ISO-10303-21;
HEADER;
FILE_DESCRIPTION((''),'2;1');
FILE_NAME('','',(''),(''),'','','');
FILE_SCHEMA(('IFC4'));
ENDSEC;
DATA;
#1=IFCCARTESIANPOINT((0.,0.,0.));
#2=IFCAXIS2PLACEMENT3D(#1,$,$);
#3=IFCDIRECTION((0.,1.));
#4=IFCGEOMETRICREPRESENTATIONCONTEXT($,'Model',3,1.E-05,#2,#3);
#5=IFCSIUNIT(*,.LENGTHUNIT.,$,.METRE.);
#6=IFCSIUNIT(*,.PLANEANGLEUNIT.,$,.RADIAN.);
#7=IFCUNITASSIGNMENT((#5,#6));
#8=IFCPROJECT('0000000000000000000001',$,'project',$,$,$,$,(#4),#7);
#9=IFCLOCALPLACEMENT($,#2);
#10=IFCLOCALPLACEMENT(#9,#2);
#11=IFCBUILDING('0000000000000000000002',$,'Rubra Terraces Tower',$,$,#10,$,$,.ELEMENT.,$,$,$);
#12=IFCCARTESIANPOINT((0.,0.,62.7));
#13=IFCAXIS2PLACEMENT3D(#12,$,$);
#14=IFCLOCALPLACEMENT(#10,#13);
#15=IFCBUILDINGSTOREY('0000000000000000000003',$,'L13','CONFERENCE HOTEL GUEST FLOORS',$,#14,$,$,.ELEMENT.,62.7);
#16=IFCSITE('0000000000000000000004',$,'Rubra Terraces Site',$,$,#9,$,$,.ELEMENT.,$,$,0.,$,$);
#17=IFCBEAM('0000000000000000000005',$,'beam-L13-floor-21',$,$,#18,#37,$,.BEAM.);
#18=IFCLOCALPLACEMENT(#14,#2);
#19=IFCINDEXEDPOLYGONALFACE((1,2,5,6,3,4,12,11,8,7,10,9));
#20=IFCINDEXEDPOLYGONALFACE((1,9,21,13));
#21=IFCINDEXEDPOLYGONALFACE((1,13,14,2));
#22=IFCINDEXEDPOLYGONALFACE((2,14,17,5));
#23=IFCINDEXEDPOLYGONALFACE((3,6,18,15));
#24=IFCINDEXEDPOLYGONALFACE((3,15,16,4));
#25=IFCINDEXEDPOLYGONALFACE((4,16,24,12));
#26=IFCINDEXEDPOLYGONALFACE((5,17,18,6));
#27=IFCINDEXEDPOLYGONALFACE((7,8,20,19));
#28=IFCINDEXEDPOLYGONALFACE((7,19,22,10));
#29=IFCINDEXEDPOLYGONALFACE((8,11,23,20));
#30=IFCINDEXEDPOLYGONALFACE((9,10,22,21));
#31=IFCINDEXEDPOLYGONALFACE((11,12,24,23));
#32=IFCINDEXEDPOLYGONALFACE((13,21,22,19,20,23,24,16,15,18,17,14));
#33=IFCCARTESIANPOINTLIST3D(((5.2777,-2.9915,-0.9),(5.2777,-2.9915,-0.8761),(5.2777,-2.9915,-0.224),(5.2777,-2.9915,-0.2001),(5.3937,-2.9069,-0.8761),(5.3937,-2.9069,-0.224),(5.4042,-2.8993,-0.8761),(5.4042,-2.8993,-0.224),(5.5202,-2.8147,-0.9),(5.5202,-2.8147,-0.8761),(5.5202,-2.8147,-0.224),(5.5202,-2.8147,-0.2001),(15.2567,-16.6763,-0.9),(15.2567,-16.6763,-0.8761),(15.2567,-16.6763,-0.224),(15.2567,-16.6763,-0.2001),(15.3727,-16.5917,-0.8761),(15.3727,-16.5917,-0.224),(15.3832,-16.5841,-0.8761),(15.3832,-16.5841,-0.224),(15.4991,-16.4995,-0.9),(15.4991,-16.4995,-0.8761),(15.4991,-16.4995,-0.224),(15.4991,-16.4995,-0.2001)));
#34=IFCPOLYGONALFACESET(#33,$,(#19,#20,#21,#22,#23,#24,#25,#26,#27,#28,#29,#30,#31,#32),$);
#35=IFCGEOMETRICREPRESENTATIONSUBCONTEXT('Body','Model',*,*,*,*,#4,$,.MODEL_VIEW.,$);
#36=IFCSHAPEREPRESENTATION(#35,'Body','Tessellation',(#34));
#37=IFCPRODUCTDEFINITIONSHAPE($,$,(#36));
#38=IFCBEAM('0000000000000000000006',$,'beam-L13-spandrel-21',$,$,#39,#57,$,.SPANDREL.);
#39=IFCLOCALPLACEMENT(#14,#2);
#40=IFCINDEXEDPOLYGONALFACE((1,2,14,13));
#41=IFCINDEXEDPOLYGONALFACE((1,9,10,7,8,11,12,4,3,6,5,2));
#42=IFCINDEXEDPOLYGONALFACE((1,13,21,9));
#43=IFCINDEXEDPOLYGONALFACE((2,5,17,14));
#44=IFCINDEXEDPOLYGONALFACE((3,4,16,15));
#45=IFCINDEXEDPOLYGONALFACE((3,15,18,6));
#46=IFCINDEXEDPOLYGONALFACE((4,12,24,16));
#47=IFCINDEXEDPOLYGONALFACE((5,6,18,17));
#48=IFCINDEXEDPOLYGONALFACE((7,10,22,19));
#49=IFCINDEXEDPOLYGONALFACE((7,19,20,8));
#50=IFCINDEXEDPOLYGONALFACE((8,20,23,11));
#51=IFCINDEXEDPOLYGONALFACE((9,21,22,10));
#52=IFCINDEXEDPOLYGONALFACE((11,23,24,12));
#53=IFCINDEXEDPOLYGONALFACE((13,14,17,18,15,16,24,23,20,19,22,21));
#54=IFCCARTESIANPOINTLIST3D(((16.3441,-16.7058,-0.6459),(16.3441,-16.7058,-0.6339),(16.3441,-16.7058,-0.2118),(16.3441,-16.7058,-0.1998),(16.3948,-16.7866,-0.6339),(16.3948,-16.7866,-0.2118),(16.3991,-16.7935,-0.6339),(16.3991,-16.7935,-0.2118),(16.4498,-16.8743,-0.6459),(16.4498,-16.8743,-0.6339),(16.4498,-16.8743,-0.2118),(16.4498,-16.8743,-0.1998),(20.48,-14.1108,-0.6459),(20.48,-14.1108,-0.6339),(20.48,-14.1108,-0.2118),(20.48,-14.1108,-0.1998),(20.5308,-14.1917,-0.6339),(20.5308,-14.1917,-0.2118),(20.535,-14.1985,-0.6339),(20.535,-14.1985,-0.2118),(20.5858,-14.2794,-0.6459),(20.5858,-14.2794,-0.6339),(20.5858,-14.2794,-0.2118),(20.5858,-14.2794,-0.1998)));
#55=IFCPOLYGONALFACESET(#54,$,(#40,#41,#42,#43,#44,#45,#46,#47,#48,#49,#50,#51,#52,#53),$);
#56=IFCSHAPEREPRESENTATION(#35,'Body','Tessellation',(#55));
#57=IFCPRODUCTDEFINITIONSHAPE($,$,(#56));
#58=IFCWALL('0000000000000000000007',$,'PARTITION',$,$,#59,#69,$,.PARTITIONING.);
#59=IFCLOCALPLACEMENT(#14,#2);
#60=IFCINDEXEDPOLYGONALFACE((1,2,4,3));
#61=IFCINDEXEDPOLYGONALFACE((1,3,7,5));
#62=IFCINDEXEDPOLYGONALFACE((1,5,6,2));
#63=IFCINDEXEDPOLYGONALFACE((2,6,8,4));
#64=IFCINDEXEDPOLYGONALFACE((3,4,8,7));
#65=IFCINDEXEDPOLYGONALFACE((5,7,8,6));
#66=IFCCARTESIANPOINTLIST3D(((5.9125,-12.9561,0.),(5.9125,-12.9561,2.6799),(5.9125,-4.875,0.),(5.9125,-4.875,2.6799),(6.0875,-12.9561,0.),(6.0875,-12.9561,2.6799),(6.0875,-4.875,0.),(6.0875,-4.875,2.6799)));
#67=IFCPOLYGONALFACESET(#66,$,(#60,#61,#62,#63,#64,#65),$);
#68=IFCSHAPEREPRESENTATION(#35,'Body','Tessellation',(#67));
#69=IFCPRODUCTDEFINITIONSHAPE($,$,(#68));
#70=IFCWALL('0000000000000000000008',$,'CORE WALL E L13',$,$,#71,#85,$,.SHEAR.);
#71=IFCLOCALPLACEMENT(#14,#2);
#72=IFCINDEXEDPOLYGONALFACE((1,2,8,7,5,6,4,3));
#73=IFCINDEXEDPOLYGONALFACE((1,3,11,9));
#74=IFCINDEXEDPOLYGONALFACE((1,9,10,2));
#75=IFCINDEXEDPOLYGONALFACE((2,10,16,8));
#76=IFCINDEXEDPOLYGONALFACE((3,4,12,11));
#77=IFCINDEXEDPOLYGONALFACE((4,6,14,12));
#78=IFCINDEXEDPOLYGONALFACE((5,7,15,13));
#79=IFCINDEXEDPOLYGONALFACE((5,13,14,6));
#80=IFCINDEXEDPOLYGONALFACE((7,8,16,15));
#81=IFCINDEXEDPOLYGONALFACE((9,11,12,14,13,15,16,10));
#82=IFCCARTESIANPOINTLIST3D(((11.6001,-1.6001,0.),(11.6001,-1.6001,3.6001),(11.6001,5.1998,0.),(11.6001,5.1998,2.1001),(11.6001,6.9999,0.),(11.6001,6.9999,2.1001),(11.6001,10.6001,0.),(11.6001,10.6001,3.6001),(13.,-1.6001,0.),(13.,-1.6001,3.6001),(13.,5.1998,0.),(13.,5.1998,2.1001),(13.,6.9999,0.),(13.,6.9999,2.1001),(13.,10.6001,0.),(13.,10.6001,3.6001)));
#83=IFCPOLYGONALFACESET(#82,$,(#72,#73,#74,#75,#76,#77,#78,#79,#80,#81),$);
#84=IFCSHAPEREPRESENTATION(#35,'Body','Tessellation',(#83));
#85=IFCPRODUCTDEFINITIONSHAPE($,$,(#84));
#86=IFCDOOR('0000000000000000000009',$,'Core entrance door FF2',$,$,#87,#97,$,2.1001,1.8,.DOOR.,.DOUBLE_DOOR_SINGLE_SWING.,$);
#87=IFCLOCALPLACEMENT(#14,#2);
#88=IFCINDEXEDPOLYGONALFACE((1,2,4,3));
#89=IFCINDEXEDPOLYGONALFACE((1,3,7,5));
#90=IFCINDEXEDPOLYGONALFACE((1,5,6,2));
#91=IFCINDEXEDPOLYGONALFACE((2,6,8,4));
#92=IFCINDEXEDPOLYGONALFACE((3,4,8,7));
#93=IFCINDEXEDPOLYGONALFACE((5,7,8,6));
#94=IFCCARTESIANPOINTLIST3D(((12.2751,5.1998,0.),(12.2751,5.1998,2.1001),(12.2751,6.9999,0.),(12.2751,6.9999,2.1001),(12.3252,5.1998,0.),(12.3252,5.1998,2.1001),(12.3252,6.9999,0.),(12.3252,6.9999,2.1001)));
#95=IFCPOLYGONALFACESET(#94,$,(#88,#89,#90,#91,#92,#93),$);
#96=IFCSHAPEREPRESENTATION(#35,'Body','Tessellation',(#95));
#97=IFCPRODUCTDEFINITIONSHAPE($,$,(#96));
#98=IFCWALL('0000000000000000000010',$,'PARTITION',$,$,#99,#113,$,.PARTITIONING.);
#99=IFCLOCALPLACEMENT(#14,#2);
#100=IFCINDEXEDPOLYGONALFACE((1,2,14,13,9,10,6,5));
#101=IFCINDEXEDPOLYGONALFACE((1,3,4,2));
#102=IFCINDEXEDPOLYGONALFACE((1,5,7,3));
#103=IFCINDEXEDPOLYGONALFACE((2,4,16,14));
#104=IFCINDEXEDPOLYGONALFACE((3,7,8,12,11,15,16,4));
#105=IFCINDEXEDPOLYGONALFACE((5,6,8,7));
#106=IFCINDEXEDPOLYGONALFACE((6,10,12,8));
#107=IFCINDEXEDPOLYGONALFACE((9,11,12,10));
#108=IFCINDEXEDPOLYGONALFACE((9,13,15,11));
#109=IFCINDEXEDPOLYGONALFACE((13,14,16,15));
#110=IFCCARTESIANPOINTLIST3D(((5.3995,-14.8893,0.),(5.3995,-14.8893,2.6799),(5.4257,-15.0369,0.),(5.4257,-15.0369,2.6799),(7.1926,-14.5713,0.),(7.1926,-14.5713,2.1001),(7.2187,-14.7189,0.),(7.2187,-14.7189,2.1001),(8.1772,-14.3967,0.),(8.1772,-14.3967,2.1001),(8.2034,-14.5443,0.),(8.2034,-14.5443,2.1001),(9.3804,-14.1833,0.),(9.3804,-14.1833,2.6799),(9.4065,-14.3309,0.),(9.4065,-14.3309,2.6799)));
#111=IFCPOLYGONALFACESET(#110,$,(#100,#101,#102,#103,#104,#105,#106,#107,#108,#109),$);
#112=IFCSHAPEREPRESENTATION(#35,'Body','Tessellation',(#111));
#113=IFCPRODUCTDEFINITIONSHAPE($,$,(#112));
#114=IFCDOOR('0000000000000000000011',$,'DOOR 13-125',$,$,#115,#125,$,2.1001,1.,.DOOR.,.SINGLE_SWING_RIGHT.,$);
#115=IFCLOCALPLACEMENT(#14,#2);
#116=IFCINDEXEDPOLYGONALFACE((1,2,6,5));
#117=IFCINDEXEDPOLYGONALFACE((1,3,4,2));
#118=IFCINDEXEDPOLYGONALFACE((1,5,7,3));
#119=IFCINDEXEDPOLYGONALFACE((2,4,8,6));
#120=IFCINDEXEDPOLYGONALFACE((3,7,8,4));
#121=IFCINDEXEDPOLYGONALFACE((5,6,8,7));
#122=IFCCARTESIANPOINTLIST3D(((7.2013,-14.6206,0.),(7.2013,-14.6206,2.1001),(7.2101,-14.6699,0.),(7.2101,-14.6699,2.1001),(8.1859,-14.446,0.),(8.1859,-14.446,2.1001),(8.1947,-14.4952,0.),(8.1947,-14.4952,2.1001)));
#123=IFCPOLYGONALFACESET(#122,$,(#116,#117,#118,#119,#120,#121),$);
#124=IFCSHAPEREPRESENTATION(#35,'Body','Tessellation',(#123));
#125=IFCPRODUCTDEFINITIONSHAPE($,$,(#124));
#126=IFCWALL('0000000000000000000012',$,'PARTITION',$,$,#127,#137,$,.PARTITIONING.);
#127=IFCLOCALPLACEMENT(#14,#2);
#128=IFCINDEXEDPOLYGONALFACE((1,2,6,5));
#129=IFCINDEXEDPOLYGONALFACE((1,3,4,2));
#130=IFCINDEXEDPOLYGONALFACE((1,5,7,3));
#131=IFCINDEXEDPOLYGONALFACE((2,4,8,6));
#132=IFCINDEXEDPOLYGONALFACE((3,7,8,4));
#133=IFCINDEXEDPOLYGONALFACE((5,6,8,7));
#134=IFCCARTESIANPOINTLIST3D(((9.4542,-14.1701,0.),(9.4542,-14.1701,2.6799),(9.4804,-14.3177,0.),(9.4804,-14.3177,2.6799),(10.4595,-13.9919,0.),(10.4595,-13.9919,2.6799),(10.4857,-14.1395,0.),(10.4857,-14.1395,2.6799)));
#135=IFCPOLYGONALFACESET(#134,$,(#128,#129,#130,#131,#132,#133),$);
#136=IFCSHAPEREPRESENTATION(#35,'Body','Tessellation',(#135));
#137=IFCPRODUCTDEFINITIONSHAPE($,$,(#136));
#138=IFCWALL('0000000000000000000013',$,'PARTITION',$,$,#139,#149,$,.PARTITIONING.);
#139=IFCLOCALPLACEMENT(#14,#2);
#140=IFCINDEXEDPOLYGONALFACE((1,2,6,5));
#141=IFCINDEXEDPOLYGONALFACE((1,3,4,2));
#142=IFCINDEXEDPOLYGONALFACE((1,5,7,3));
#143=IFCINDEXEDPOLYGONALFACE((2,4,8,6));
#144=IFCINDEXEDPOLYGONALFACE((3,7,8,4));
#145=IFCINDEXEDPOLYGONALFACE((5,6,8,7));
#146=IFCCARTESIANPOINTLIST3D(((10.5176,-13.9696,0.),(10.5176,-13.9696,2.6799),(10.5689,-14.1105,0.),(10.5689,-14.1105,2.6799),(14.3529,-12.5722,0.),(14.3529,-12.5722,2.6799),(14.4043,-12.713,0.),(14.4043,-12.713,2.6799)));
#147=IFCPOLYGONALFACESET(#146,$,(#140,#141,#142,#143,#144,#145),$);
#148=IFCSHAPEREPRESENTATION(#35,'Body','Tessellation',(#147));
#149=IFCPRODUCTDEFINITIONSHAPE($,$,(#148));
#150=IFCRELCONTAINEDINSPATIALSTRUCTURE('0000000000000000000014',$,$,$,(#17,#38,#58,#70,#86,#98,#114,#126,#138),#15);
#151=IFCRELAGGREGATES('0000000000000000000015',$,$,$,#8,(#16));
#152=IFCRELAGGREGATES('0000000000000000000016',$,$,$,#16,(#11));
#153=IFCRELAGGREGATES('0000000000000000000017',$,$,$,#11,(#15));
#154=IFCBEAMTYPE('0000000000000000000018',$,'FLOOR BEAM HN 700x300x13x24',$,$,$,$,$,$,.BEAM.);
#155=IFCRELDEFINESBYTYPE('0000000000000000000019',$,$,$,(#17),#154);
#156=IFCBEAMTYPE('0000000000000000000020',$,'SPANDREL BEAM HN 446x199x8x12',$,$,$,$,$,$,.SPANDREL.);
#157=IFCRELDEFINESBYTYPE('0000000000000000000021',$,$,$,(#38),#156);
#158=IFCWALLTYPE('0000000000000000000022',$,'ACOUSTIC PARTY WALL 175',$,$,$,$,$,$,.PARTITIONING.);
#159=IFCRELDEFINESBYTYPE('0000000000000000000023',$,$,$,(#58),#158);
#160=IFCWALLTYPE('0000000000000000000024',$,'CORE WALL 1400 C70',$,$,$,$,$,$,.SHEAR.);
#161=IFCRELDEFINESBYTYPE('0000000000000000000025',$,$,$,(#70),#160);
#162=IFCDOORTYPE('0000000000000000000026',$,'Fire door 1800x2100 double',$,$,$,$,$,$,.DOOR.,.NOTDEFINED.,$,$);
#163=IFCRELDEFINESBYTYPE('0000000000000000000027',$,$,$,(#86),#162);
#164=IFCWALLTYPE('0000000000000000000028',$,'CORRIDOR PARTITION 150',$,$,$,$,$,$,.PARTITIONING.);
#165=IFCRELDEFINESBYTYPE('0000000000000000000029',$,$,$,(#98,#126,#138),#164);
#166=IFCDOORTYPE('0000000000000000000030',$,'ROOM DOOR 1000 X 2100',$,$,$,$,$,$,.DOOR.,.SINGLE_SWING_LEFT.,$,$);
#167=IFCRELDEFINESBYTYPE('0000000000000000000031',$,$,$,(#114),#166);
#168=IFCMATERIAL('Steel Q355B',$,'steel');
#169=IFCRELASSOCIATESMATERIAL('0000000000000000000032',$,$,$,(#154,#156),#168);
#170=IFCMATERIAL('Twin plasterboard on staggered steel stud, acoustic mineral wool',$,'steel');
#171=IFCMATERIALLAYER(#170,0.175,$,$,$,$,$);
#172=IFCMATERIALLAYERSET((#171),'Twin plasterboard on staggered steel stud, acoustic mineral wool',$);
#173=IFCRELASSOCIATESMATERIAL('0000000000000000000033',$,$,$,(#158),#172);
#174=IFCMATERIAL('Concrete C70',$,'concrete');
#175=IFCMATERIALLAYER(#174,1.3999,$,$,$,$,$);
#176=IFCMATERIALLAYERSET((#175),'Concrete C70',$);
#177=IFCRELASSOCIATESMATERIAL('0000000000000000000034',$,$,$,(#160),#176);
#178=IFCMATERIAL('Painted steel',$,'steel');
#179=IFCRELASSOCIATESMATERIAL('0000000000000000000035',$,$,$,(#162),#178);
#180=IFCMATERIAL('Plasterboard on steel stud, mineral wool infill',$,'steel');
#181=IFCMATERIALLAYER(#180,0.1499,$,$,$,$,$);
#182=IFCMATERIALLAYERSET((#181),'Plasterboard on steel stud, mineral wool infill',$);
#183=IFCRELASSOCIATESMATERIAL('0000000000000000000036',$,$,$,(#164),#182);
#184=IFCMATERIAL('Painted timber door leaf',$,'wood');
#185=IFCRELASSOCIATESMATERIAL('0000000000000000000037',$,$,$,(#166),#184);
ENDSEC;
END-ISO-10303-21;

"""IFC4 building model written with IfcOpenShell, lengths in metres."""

from ifc_helpers import new_model, si_unit, direction, frame, frame_2d, origin, origin_2d, place, context, subcontext, project, spatial, rectangle, i_section, extrude, material, layer, layer_set, material_profile, profile_set, type_object, element, fill, save


model = new_model("IFC4")

# Units and contexts
model_context = context("Model", 3, precision=1e-05, world=origin(), true_north=direction((0.0, 1.0)))
body_context = subcontext(model_context, "Body", "Model", "MODEL_VIEW")
ifc_project = project(units=[si_unit("LENGTHUNIT", "METRE"), si_unit("PLANEANGLEUNIT", "RADIAN")], contexts=[model_context])

# Site, building, storey
site_placement = place(None, origin())
site = spatial("IfcSite", under=ifc_project, at=site_placement, Name="Rubra Terraces Site", CompositionType="ELEMENT", RefElevation=0.0)
building_placement = place(site_placement, origin())
building = spatial("IfcBuilding", under=site, at=building_placement, Name="Rubra Terraces Tower", CompositionType="ELEMENT")
storey_placement = place(building_placement, frame((0.0, 0.0, 62.7)))
storey = spatial("IfcBuildingStorey", under=building, at=storey_placement, Name="L13", Description="CONFERENCE HOTEL GUEST FLOORS", CompositionType="ELEMENT", Elevation=62.7)

# Beams
ifc_material_1 = material(Name="Steel Q355B", Category="steel")
ifc_material_profile_1 = material_profile(ifc_material_1, i_section(OverallWidth=0.3, OverallDepth=0.7, WebThickness=0.0129, FlangeThickness=0.0239, at=origin_2d()), Name="HN 700x300x13x24")
ifc_profile_set_1 = profile_set([ifc_material_profile_1], Name="Steel Q355B")
beam_type_1 = type_object("IfcBeamType", Name="FLOOR BEAM HN 700x300x13x24", PredefinedType="BEAM", material=ifc_profile_set_1)
beam_1_placement = place(storey_placement, frame((15.3779, -16.5879, -0.55), z_axis=(-0.589191, 0.807994, 0.0), x_axis=(-0.807994, -0.589191, 0.0)))
element("IfcBeam", 1, at=beam_1_placement, inside=storey, type_object=beam_type_1, Name="beam-L13-floor-21", PredefinedType="BEAM", context=body_context, shape_type="SweptSolid", body=[
    extrude(i_section(OverallWidth=0.3, OverallDepth=0.7, WebThickness=0.0129, FlangeThickness=0.0239, at=origin_2d()), origin(), (0.0, 0.0, 1.0), 16.9368),
])
ifc_material_profile_2 = material_profile(ifc_material_1, i_section(OverallWidth=0.199, OverallDepth=0.446, WebThickness=0.0081, FlangeThickness=0.012, at=origin_2d()), Name="HN 446x199x8x12")
ifc_profile_set_2 = profile_set([ifc_material_profile_2], Name="Steel Q355B")
beam_type_2 = type_object("IfcBeamType", Name="SPANDREL BEAM HN 446x199x8x12", PredefinedType="SPANDREL", material=ifc_profile_set_2)
beam_2_placement = place(storey_placement, frame((16.397, -16.79, -0.4229), z_axis=(0.847078, 0.531468, 0.0), x_axis=(-0.531468, 0.847078, 0.0)))
element("IfcBeam", 2, at=beam_2_placement, inside=storey, type_object=beam_type_2, Name="beam-L13-spandrel-21", PredefinedType="SPANDREL", context=body_context, shape_type="SweptSolid", body=[
    extrude(i_section(OverallWidth=0.199, OverallDepth=0.446, WebThickness=0.0081, FlangeThickness=0.012, at=origin_2d()), origin(), (0.0, 0.0, 1.0), 4.8826),
])

# Wall
ifc_material_2 = material(Name="Twin plasterboard on staggered steel stud, acoustic mineral wool", Category="steel")
ifc_layer_1 = layer(ifc_material_2, 0.175)
ifc_layer_set_1 = layer_set([ifc_layer_1], Name="Twin plasterboard on staggered steel stud, acoustic mineral wool")
wall_type_1 = type_object("IfcWallType", Name="ACOUSTIC PARTY WALL 175", PredefinedType="PARTITIONING", material=ifc_layer_set_1)
wall_1_placement = place(storey_placement, frame((6.0, -12.9561, 0.0), z_axis=(0.0, 0.0, 1.0), x_axis=(0.0, 1.0, 0.0)))
element("IfcWall", 3, at=wall_1_placement, inside=storey, type_object=wall_type_1, Name="PARTITION", PredefinedType="PARTITIONING", context=body_context, shape_type="SweptSolid", body=[
    extrude(rectangle(XDim=8.0811, YDim=0.175, at=frame_2d((4.0405, 0.0))), origin(), (0.0, 0.0, 1.0), 2.6799),
])

# Walls, openings, doors
ifc_material_3 = material(Name="Concrete C70", Category="concrete")
ifc_layer_2 = layer(ifc_material_3, 1.3999)
ifc_layer_set_2 = layer_set([ifc_layer_2], Name="Concrete C70")
wall_type_2 = type_object("IfcWallType", Name="CORE WALL 1400 C70", PredefinedType="SHEAR", material=ifc_layer_set_2)
wall_2_placement = place(storey_placement, frame((12.3, -1.6001, 0.0), z_axis=(0.0, 0.0, 1.0), x_axis=(0.0, 1.0, 0.0)))
wall_2 = element("IfcWall", 4, at=wall_2_placement, inside=storey, type_object=wall_type_2, Name="CORE WALL E L13", PredefinedType="SHEAR", context=body_context, shape_type="SweptSolid", body=[
    extrude(rectangle(XDim=12.2002, YDim=1.3999, at=frame_2d((6.1001, 0.0))), origin(), (0.0, 0.0, 1.0), 3.6001),
])
opening_1_placement = place(wall_2_placement, frame((6.8, 0.0, 0.0)))
opening_1 = element("IfcOpeningElement", 5, at=opening_1_placement, cuts=wall_2, PredefinedType="OPENING", context=body_context, shape_type="SweptSolid", body=[
    extrude(rectangle(XDim=1.8, YDim=2.1001, at=frame_2d((0.8999, 1.05))), frame((0.0, 0.71, 0.0), z_axis=(0.0, -1.0, 0.0), x_axis=(1.0, 0.0, 0.0)), (0.0, 0.0, 1.0), 1.4199),
])
ifc_material_4 = material(Name="Painted steel", Category="steel")
door_type_1 = type_object("IfcDoorType", Name="Fire door 1800x2100 double", OperationType="NOTDEFINED", PredefinedType="DOOR", material=ifc_material_4)
door_1_placement = place(opening_1_placement, origin())
door_1 = element("IfcDoor", 6, at=door_1_placement, inside=storey, type_object=door_type_1, Name="Core entrance door FF2", OperationType="DOUBLE_DOOR_SINGLE_SWING", OverallHeight=2.1001, OverallWidth=1.8, PredefinedType="DOOR", context=body_context, shape_type="SweptSolid", body=[
    extrude(rectangle(XDim=1.8, YDim=2.1001, at=frame_2d((0.8999, 1.05))), frame((0.0, 0.0249, 0.0), z_axis=(0.0, -1.0, 0.0), x_axis=(1.0, 0.0, 0.0)), (0.0, 0.0, 1.0), 0.05),
])
fill(opening_1, door_1)
ifc_material_5 = material(Name="Plasterboard on steel stud, mineral wool infill", Category="steel")
ifc_layer_3 = layer(ifc_material_5, 0.1499)
ifc_layer_set_3 = layer_set([ifc_layer_3], Name="Plasterboard on steel stud, mineral wool infill")
wall_type_3 = type_object("IfcWallType", Name="CORRIDOR PARTITION 150", PredefinedType="PARTITIONING", material=ifc_layer_set_3)
wall_3_placement = place(storey_placement, frame((5.4126, -14.9631, 0.0), z_axis=(0.0, 0.0, 1.0), x_axis=(0.984634, 0.174633, 0.0)))
wall_3 = element("IfcWall", 7, at=wall_3_placement, inside=storey, type_object=wall_type_3, Name="PARTITION", PredefinedType="PARTITIONING", context=body_context, shape_type="SweptSolid", body=[
    extrude(rectangle(XDim=4.043, YDim=0.1499, at=frame_2d((2.0215, 0.0))), origin(), (0.0, 0.0, 1.0), 2.6799),
])
opening_2_placement = place(wall_3_placement, frame((1.821, 0.0, 0.0)))
opening_2 = element("IfcOpeningElement", 8, at=opening_2_placement, cuts=wall_3, PredefinedType="OPENING", context=body_context, shape_type="SweptSolid", body=[
    extrude(rectangle(XDim=1.0, YDim=2.1001, at=frame_2d((0.5, 1.05))), frame((0.0, 0.085, 0.0), z_axis=(0.0, -1.0, 0.0), x_axis=(1.0, 0.0, 0.0)), (0.0, 0.0, 1.0), 0.1699),
])
ifc_material_6 = material(Name="Painted timber door leaf", Category="wood")
door_type_2 = type_object("IfcDoorType", Name="ROOM DOOR 1000 X 2100", OperationType="SINGLE_SWING_LEFT", PredefinedType="DOOR", material=ifc_material_6)
door_2_placement = place(opening_2_placement, origin())
door_2 = element("IfcDoor", 9, at=door_2_placement, inside=storey, type_object=door_type_2, Name="DOOR 13-125", OperationType="SINGLE_SWING_RIGHT", OverallHeight=2.1001, OverallWidth=1.0, PredefinedType="DOOR", context=body_context, shape_type="SweptSolid", body=[
    extrude(rectangle(XDim=1.0, YDim=2.1001, at=frame_2d((0.5, 1.05))), frame((0.0, 0.0249, 0.0), z_axis=(0.0, -1.0, 0.0), x_axis=(1.0, 0.0, 0.0)), (0.0, 0.0, 1.0), 0.05),
])
fill(opening_2, door_2)

# Walls
wall_4_placement = place(storey_placement, frame((9.4673, -14.2439, 0.0), z_axis=(0.0, 0.0, 1.0), x_axis=(0.984648, 0.174549, 0.0)))
element("IfcWall", 10, at=wall_4_placement, inside=storey, type_object=wall_type_3, Name="PARTITION", PredefinedType="PARTITIONING", context=body_context, shape_type="SweptSolid", body=[
    extrude(rectangle(XDim=1.021, YDim=0.1499, at=frame_2d((0.5105, 0.0))), origin(), (0.0, 0.0, 1.0), 2.6799),
])
wall_5_placement = place(storey_placement, frame((10.5432, -14.04, 0.0), z_axis=(0.0, 0.0, 1.0), x_axis=(0.939577, 0.342338, 0.0)))
element("IfcWall", 11, at=wall_5_placement, inside=storey, type_object=wall_type_3, Name="PARTITION", PredefinedType="PARTITIONING", context=body_context, shape_type="SweptSolid", body=[
    extrude(rectangle(XDim=4.082, YDim=0.1499, at=frame_2d((2.041, 0.0))), origin(), (0.0, 0.0, 1.0), 2.6799),
])

save(model, "model.ifc")
